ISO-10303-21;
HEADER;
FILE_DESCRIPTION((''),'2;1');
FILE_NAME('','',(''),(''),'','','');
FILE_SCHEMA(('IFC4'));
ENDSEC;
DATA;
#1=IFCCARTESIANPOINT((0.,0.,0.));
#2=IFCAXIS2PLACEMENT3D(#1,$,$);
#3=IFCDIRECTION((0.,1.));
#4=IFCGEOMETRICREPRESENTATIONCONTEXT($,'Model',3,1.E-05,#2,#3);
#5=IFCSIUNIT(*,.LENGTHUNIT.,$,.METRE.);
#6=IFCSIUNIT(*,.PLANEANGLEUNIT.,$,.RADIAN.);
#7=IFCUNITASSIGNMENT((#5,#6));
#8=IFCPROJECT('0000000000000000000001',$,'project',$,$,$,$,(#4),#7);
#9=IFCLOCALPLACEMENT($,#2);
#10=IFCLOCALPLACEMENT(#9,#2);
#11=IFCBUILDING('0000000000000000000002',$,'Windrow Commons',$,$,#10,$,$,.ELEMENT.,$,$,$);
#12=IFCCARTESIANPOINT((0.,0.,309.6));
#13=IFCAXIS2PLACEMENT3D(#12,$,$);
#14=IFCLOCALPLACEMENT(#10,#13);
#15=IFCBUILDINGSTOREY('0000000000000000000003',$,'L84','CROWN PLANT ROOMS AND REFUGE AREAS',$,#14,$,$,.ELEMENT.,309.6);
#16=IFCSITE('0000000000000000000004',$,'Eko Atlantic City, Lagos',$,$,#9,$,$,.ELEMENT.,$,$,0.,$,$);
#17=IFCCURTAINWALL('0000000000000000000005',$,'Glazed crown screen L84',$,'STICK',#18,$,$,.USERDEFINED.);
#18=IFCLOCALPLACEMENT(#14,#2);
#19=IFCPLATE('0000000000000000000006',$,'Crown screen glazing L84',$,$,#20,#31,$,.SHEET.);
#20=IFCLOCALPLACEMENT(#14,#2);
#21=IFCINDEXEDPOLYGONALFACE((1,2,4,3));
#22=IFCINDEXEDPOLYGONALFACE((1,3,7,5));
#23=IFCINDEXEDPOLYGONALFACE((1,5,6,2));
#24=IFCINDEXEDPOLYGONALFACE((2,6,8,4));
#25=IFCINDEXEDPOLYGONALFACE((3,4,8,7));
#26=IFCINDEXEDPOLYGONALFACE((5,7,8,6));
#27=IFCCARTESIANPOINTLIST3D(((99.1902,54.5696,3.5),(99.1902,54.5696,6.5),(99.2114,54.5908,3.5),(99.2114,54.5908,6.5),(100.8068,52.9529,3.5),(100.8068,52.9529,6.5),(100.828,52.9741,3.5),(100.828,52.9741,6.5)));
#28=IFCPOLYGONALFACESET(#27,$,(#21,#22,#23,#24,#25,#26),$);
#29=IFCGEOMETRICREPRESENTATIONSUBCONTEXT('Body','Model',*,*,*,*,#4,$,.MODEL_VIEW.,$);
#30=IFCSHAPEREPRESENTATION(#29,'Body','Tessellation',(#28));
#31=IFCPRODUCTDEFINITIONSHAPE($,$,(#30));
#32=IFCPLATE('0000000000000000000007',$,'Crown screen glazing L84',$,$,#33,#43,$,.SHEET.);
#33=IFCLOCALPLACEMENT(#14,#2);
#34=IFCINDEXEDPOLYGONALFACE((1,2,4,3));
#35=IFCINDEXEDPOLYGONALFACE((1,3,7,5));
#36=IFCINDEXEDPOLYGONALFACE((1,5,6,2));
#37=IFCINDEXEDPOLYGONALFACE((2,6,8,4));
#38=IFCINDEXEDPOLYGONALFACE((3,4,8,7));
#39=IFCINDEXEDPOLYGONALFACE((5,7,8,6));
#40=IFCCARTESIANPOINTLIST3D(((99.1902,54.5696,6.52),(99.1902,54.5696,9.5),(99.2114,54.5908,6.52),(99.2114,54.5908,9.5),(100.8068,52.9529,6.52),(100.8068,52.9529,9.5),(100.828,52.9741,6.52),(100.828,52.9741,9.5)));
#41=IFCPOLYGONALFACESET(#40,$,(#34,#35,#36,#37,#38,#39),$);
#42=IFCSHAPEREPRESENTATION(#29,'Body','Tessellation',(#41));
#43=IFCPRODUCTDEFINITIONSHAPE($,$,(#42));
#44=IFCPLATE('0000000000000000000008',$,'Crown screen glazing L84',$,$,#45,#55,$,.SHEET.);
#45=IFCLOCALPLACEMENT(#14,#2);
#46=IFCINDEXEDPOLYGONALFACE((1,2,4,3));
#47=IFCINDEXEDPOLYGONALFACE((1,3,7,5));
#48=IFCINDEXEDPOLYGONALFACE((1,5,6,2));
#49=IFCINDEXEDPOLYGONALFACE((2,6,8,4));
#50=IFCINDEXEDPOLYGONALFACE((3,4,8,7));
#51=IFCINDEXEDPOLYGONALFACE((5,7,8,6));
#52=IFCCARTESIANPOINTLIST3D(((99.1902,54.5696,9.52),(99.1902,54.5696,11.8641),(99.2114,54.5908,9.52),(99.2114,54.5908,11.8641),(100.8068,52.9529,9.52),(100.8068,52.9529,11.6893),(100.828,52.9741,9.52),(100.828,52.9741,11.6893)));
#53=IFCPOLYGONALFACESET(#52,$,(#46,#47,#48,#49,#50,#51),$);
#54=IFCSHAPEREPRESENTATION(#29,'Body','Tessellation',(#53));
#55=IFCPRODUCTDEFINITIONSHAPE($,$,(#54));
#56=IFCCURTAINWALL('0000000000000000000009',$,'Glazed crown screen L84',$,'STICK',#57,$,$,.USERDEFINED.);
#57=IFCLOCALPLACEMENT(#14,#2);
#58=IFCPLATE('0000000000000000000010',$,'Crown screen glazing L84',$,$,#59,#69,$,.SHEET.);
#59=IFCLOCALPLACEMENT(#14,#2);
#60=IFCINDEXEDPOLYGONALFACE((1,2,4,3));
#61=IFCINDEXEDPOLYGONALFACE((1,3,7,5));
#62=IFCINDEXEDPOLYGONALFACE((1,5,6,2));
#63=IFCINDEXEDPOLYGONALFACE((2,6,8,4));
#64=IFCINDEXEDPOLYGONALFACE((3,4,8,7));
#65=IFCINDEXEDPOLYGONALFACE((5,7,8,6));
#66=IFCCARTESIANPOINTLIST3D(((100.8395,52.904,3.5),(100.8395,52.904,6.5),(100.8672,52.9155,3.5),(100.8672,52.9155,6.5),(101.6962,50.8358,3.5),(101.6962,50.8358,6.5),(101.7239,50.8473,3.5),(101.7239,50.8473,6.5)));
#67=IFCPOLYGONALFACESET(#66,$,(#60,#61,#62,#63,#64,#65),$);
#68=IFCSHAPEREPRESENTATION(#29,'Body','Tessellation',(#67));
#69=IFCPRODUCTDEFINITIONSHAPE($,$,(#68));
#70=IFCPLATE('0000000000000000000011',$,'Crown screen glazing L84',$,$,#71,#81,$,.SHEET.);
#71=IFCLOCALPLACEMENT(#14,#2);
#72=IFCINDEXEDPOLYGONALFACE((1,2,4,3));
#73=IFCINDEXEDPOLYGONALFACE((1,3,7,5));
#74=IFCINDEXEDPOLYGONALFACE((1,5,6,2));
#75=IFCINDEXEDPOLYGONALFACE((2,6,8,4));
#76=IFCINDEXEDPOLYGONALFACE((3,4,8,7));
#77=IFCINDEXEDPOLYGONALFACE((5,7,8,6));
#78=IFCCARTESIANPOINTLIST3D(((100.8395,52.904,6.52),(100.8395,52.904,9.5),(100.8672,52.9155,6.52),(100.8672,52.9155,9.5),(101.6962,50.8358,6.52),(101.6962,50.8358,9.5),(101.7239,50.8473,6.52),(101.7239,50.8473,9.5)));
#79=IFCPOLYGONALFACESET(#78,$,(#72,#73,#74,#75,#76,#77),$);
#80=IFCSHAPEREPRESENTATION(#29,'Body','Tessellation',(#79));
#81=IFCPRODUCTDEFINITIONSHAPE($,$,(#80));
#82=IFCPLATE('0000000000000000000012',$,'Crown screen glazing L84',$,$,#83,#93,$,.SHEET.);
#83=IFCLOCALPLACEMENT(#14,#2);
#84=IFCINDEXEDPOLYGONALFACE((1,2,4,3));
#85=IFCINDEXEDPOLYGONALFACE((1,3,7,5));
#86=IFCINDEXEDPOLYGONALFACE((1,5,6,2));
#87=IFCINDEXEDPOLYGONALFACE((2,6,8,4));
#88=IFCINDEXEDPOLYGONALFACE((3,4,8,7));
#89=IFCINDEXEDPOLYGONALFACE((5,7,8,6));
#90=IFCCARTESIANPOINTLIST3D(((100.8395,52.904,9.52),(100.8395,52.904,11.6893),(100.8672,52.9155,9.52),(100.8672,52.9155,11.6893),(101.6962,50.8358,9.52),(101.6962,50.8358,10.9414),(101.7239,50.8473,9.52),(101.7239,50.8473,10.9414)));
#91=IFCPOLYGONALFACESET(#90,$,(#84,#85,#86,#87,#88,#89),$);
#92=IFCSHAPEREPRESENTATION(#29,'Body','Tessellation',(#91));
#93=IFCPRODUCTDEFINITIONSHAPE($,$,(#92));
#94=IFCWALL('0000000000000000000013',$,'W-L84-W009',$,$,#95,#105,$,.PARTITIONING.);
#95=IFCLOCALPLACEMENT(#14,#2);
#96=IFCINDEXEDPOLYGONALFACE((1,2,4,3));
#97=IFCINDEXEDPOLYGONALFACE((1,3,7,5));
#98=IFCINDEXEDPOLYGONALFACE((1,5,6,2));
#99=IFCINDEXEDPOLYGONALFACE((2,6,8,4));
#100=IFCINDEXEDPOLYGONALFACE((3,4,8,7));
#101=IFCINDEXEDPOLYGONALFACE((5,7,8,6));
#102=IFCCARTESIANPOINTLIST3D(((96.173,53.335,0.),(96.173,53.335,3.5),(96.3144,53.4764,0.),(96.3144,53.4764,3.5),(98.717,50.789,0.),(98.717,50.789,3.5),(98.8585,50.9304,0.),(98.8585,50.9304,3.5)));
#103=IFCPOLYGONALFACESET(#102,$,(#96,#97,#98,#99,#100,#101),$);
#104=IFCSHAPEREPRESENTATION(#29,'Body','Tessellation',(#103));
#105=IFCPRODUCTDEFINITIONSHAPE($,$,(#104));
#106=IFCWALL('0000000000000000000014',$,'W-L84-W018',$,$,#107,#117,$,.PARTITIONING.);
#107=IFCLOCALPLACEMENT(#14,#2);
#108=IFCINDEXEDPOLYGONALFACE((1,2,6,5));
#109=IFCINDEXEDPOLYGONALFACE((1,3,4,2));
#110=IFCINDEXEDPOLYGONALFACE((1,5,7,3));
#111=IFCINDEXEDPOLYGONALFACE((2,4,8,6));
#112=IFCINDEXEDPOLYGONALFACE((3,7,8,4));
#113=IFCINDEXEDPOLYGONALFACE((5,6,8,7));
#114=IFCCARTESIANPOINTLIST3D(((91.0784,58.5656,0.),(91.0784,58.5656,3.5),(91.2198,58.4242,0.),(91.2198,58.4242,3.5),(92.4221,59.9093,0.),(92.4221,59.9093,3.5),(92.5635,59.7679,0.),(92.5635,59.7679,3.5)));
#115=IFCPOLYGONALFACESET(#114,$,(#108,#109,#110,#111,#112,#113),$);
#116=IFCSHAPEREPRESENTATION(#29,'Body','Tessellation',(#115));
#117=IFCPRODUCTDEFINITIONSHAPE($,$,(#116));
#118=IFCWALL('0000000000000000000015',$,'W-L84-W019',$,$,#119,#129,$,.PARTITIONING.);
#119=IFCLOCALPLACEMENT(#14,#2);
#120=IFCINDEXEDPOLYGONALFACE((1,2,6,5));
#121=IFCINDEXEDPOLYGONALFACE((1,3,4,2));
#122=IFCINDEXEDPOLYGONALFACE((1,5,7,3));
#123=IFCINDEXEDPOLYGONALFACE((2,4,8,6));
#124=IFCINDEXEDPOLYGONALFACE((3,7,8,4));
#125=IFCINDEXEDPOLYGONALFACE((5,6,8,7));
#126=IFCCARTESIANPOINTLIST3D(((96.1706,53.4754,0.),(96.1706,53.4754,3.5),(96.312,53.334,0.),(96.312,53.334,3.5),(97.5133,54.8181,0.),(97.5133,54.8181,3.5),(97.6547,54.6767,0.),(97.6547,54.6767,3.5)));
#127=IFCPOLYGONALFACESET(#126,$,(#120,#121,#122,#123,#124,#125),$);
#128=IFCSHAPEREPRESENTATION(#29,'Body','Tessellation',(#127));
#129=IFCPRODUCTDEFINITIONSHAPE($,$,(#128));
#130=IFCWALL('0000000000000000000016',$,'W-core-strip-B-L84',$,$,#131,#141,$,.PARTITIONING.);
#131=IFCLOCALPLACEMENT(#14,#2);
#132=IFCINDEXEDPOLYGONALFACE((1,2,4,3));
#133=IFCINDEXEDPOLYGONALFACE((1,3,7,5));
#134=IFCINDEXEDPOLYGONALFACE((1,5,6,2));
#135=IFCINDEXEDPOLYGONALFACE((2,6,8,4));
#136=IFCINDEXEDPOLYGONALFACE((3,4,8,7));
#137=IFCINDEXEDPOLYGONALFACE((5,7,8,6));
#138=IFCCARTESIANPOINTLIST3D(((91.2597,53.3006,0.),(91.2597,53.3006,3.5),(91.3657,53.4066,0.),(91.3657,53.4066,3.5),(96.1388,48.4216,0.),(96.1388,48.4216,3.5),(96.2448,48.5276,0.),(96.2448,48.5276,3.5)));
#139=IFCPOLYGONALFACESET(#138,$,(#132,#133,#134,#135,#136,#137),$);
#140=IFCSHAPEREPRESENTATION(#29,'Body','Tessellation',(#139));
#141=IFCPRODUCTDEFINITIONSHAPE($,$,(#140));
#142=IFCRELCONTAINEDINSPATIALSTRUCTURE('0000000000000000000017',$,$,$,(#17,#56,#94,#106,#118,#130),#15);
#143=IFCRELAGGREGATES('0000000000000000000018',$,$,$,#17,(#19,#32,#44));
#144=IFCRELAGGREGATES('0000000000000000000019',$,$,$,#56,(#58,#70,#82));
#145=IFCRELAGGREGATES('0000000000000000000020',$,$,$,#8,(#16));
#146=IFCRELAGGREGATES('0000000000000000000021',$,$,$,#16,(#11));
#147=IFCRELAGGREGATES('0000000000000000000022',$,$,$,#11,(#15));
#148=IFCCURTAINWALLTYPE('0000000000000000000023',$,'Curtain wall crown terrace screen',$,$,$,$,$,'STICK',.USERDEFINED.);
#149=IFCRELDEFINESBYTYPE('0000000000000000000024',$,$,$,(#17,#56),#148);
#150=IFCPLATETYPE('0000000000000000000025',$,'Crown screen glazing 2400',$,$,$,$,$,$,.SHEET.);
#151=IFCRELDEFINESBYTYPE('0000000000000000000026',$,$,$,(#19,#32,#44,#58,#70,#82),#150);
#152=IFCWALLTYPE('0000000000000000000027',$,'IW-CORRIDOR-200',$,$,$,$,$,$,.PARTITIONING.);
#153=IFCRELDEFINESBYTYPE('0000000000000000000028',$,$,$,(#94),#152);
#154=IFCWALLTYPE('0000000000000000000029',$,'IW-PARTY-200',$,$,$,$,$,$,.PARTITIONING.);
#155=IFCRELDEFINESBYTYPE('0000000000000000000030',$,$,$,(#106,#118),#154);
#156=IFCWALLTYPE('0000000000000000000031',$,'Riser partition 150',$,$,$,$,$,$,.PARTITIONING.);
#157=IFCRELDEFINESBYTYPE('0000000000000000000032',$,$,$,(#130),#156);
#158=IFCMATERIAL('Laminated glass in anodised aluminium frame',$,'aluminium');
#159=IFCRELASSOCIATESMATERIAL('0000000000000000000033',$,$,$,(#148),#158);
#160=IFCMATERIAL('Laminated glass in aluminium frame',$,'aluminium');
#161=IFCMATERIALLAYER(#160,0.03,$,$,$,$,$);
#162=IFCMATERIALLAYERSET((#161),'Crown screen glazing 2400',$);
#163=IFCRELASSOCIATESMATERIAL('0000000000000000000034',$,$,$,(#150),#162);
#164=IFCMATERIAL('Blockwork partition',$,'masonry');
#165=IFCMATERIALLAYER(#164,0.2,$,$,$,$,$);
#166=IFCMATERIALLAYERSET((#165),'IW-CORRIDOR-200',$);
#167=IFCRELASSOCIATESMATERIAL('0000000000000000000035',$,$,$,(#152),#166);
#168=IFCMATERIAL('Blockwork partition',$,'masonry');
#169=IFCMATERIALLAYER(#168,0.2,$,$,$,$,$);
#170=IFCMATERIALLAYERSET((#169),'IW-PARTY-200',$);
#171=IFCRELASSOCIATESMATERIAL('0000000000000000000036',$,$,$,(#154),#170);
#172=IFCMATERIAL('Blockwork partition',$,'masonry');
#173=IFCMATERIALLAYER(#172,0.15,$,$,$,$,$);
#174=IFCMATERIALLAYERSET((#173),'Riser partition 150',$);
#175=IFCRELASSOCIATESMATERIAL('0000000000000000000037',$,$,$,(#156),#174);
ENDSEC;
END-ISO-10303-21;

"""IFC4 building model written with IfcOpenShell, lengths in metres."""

from ifc_helpers import new_model, si_unit, direction, frame, frame_2d, origin, place, context, subcontext, project, spatial, polyline, rectangle, outline, extrude, material, layer, layer_set, type_object, element, aggregate, save


model = new_model("IFC4")

# Units and contexts
model_context = context("Model", 3, precision=1e-05, world=origin(), true_north=direction((0.0, 1.0)))
body_context = subcontext(model_context, "Body", "Model", "MODEL_VIEW")
ifc_project = project(units=[si_unit("LENGTHUNIT", "METRE"), si_unit("PLANEANGLEUNIT", "RADIAN")], contexts=[model_context])

# Site, building, storey
site_placement = place(None, origin())
site = spatial("IfcSite", under=ifc_project, at=site_placement, Name="Eko Atlantic City, Lagos", CompositionType="ELEMENT", RefElevation=0.0)
building_placement = place(site_placement, origin())
building = spatial("IfcBuilding", under=site, at=building_placement, Name="Windrow Commons", CompositionType="ELEMENT")
storey_placement = place(building_placement, frame((0.0, 0.0, 309.6)))
storey = spatial("IfcBuildingStorey", under=building, at=storey_placement, Name="L84", Description="CROWN PLANT ROOMS AND REFUGE AREAS", CompositionType="ELEMENT", Elevation=309.6)

# Curtain wall
ifc_material_1 = material(Name="Laminated glass in anodised aluminium frame", Category="aluminium")
curtain_wall_type = type_object("IfcCurtainWallType", Name="Curtain wall crown terrace screen", ElementType="STICK", PredefinedType="USERDEFINED", material=ifc_material_1)
placement = place(storey_placement, origin())
curtain_wall_1 = element("IfcCurtainWall", 1, at=placement, inside=storey, type_object=curtain_wall_type, Name="Glazed crown screen L84", ObjectType="STICK", PredefinedType="USERDEFINED")

# Plates
ifc_material_2 = material(Name="Laminated glass in aluminium frame", Category="aluminium")
ifc_layer_1 = layer(ifc_material_2, 0.03)
ifc_layer_set_1 = layer_set([ifc_layer_1], Name="Crown screen glazing 2400")
plate_type_1 = type_object("IfcPlateType", Name="Crown screen glazing 2400", PredefinedType="SHEET", material=ifc_layer_set_1)
plate_1_placement = place(storey_placement, frame((99.1902, 54.5696, 3.5), z_axis=(-0.707129, -0.707085, 0.0), x_axis=(0.707085, -0.707129, 0.0)))
plate_1 = element("IfcPlate", 2, at=plate_1_placement, type_object=plate_type_1, Name="Crown screen glazing L84", PredefinedType="SHEET", context=body_context, shape_type="SweptSolid", body=[
    extrude(outline(polyline([(0.0, 0.0), (2.2863, 0.0), (2.2863, 3.0), (0.0, 3.0), (0.0, 0.0)])), origin(), (0.0, 0.0, -1.0), 0.03),
])
plate_2_placement = place(storey_placement, frame((99.1902, 54.5696, 6.52), z_axis=(-0.707129, -0.707085, 0.0), x_axis=(0.707085, -0.707129, 0.0)))
plate_2 = element("IfcPlate", 3, at=plate_2_placement, type_object=plate_type_1, Name="Crown screen glazing L84", PredefinedType="SHEET", context=body_context, shape_type="SweptSolid", body=[
    extrude(outline(polyline([(0.0, 0.0), (2.2863, 0.0), (2.2863, 2.98), (0.0, 2.98), (0.0, 0.0)])), origin(), (0.0, 0.0, -1.0), 0.03),
])
plate_3_placement = place(storey_placement, frame((99.1902, 54.5696, 9.52), z_axis=(-0.707129, -0.707085, 0.0), x_axis=(0.707085, -0.707129, 0.0)))
plate_3 = element("IfcPlate", 4, at=plate_3_placement, type_object=plate_type_1, Name="Crown screen glazing L84", PredefinedType="SHEET", context=body_context, shape_type="SweptSolid", body=[
    extrude(outline(polyline([(0.0, 0.0), (2.2863, 0.0), (2.2863, 2.1693), (0.0, 2.3441), (0.0, 0.0)])), origin(), (0.0, 0.0, -1.0), 0.03),
])
aggregate(curtain_wall_1, [plate_1, plate_2, plate_3])

# Curtain wall, plates
curtain_wall_2 = element("IfcCurtainWall", 5, at=placement, inside=storey, type_object=curtain_wall_type, Name="Glazed crown screen L84", ObjectType="STICK", PredefinedType="USERDEFINED")
plate_4_placement = place(storey_placement, frame((100.8395, 52.904, 3.5), z_axis=(-0.923876, -0.382692, 0.0), x_axis=(0.382692, -0.923876, 0.0)))
plate_4 = element("IfcPlate", 6, at=plate_4_placement, type_object=plate_type_1, Name="Crown screen glazing L84", PredefinedType="SHEET", context=body_context, shape_type="SweptSolid", body=[
    extrude(outline(polyline([(0.0, 0.0), (2.2386, 0.0), (2.2386, 3.0), (0.0, 3.0), (0.0, 0.0)])), origin(), (0.0, 0.0, -1.0), 0.03),
])
plate_5_placement = place(storey_placement, frame((100.8395, 52.904, 6.52), z_axis=(-0.923876, -0.382692, 0.0), x_axis=(0.382692, -0.923876, 0.0)))
plate_5 = element("IfcPlate", 7, at=plate_5_placement, type_object=plate_type_1, Name="Crown screen glazing L84", PredefinedType="SHEET", context=body_context, shape_type="SweptSolid", body=[
    extrude(outline(polyline([(0.0, 0.0), (2.2386, 0.0), (2.2386, 2.98), (0.0, 2.98), (0.0, 0.0)])), origin(), (0.0, 0.0, -1.0), 0.03),
])
plate_6_placement = place(storey_placement, frame((100.8395, 52.904, 9.52), z_axis=(-0.923876, -0.382692, 0.0), x_axis=(0.382692, -0.923876, 0.0)))
plate_6 = element("IfcPlate", 8, at=plate_6_placement, type_object=plate_type_1, Name="Crown screen glazing L84", PredefinedType="SHEET", context=body_context, shape_type="SweptSolid", body=[
    extrude(outline(polyline([(0.0, 0.0), (2.2386, 0.0), (2.2386, 1.4214), (0.0, 2.1693), (0.0, 0.0)])), origin(), (0.0, 0.0, -1.0), 0.03),
])
aggregate(curtain_wall_2, [plate_4, plate_5, plate_6])

# Walls
ifc_material_3 = material(Name="Blockwork partition", Category="masonry")
ifc_layer_2 = layer(ifc_material_3, 0.2)
ifc_layer_set_2 = layer_set([ifc_layer_2], Name="IW-CORRIDOR-200")
wall_type_1 = type_object("IfcWallType", Name="IW-CORRIDOR-200", PredefinedType="PARTITIONING", material=ifc_layer_set_2)
wall_1_placement = place(storey_placement, frame((96.2437, 53.4057, 0.0), z_axis=(0.0, 0.0, 1.0), x_axis=(0.706829, -0.707385, 0.0)))
element("IfcWall", 9, at=wall_1_placement, inside=storey, type_object=wall_type_1, Name="W-L84-W009", PredefinedType="PARTITIONING", context=body_context, shape_type="SweptSolid", body=[
    extrude(rectangle(XDim=3.5992, YDim=0.2, at=frame_2d((1.7996, 0.0))), origin(), (0.0, 0.0, 1.0), 3.5),
])
ifc_material_4 = material(Name="Blockwork partition", Category="masonry")
ifc_layer_3 = layer(ifc_material_4, 0.2)
ifc_layer_set_3 = layer_set([ifc_layer_3], Name="IW-PARTY-200")
wall_type_2 = type_object("IfcWallType", Name="IW-PARTY-200", PredefinedType="PARTITIONING", material=ifc_layer_set_3)
wall_2_placement = place(storey_placement, frame((91.1491, 58.4949, 0.0), z_axis=(0.0, 0.0, 1.0), x_axis=(0.707107, 0.707107, 0.0)))
element("IfcWall", 10, at=wall_2_placement, inside=storey, type_object=wall_type_2, Name="W-L84-W018", PredefinedType="PARTITIONING", context=body_context, shape_type="SweptSolid", body=[
    extrude(outline(polyline([(0.0, -0.1), (1.9003, -0.1), (1.9003, 0.1), (0.0, 0.1), (0.0, -0.1)])), origin(), (0.0, 0.0, 1.0), 3.5),
])
wall_3_placement = place(storey_placement, frame((96.2413, 53.4047, 0.0), z_axis=(0.0, 0.0, 1.0), x_axis=(0.707107, 0.707107, 0.0)))
element("IfcWall", 11, at=wall_3_placement, inside=storey, type_object=wall_type_2, Name="W-L84-W019", PredefinedType="PARTITIONING", context=body_context, shape_type="SweptSolid", body=[
    extrude(outline(polyline([(0.0, -0.1), (1.8989, -0.1), (1.8989, 0.1), (0.0, 0.1), (0.0, -0.1)])), origin(), (0.0, 0.0, 1.0), 3.5),
])
ifc_material_5 = material(Name="Blockwork partition", Category="masonry")
ifc_layer_4 = layer(ifc_material_5, 0.15)
ifc_layer_set_4 = layer_set([ifc_layer_4], Name="Riser partition 150")
wall_type_3 = type_object("IfcWallType", Name="Riser partition 150", PredefinedType="PARTITIONING", material=ifc_layer_set_4)
wall_4_placement = place(storey_placement, frame((91.3127, 53.3536, 0.0), z_axis=(0.0, 0.0, 1.0), x_axis=(0.707114, -0.7071, 0.0)))
element("IfcWall", 12, at=wall_4_placement, inside=storey, type_object=wall_type_3, Name="W-core-strip-B-L84", PredefinedType="PARTITIONING", context=body_context, shape_type="SweptSolid", body=[
    extrude(outline(polyline([(0.0, 0.0), (6.9, 0.0), (6.9, 3.5), (0.0, 3.5), (0.0, 0.0)])), frame((0.0, 0.075, 0.0), z_axis=(0.0, -1.0, 0.0), x_axis=(1.0, 0.0, 0.0)), (0.0, 0.0, 1.0), 0.15),
])

save(model, "model.ifc")
